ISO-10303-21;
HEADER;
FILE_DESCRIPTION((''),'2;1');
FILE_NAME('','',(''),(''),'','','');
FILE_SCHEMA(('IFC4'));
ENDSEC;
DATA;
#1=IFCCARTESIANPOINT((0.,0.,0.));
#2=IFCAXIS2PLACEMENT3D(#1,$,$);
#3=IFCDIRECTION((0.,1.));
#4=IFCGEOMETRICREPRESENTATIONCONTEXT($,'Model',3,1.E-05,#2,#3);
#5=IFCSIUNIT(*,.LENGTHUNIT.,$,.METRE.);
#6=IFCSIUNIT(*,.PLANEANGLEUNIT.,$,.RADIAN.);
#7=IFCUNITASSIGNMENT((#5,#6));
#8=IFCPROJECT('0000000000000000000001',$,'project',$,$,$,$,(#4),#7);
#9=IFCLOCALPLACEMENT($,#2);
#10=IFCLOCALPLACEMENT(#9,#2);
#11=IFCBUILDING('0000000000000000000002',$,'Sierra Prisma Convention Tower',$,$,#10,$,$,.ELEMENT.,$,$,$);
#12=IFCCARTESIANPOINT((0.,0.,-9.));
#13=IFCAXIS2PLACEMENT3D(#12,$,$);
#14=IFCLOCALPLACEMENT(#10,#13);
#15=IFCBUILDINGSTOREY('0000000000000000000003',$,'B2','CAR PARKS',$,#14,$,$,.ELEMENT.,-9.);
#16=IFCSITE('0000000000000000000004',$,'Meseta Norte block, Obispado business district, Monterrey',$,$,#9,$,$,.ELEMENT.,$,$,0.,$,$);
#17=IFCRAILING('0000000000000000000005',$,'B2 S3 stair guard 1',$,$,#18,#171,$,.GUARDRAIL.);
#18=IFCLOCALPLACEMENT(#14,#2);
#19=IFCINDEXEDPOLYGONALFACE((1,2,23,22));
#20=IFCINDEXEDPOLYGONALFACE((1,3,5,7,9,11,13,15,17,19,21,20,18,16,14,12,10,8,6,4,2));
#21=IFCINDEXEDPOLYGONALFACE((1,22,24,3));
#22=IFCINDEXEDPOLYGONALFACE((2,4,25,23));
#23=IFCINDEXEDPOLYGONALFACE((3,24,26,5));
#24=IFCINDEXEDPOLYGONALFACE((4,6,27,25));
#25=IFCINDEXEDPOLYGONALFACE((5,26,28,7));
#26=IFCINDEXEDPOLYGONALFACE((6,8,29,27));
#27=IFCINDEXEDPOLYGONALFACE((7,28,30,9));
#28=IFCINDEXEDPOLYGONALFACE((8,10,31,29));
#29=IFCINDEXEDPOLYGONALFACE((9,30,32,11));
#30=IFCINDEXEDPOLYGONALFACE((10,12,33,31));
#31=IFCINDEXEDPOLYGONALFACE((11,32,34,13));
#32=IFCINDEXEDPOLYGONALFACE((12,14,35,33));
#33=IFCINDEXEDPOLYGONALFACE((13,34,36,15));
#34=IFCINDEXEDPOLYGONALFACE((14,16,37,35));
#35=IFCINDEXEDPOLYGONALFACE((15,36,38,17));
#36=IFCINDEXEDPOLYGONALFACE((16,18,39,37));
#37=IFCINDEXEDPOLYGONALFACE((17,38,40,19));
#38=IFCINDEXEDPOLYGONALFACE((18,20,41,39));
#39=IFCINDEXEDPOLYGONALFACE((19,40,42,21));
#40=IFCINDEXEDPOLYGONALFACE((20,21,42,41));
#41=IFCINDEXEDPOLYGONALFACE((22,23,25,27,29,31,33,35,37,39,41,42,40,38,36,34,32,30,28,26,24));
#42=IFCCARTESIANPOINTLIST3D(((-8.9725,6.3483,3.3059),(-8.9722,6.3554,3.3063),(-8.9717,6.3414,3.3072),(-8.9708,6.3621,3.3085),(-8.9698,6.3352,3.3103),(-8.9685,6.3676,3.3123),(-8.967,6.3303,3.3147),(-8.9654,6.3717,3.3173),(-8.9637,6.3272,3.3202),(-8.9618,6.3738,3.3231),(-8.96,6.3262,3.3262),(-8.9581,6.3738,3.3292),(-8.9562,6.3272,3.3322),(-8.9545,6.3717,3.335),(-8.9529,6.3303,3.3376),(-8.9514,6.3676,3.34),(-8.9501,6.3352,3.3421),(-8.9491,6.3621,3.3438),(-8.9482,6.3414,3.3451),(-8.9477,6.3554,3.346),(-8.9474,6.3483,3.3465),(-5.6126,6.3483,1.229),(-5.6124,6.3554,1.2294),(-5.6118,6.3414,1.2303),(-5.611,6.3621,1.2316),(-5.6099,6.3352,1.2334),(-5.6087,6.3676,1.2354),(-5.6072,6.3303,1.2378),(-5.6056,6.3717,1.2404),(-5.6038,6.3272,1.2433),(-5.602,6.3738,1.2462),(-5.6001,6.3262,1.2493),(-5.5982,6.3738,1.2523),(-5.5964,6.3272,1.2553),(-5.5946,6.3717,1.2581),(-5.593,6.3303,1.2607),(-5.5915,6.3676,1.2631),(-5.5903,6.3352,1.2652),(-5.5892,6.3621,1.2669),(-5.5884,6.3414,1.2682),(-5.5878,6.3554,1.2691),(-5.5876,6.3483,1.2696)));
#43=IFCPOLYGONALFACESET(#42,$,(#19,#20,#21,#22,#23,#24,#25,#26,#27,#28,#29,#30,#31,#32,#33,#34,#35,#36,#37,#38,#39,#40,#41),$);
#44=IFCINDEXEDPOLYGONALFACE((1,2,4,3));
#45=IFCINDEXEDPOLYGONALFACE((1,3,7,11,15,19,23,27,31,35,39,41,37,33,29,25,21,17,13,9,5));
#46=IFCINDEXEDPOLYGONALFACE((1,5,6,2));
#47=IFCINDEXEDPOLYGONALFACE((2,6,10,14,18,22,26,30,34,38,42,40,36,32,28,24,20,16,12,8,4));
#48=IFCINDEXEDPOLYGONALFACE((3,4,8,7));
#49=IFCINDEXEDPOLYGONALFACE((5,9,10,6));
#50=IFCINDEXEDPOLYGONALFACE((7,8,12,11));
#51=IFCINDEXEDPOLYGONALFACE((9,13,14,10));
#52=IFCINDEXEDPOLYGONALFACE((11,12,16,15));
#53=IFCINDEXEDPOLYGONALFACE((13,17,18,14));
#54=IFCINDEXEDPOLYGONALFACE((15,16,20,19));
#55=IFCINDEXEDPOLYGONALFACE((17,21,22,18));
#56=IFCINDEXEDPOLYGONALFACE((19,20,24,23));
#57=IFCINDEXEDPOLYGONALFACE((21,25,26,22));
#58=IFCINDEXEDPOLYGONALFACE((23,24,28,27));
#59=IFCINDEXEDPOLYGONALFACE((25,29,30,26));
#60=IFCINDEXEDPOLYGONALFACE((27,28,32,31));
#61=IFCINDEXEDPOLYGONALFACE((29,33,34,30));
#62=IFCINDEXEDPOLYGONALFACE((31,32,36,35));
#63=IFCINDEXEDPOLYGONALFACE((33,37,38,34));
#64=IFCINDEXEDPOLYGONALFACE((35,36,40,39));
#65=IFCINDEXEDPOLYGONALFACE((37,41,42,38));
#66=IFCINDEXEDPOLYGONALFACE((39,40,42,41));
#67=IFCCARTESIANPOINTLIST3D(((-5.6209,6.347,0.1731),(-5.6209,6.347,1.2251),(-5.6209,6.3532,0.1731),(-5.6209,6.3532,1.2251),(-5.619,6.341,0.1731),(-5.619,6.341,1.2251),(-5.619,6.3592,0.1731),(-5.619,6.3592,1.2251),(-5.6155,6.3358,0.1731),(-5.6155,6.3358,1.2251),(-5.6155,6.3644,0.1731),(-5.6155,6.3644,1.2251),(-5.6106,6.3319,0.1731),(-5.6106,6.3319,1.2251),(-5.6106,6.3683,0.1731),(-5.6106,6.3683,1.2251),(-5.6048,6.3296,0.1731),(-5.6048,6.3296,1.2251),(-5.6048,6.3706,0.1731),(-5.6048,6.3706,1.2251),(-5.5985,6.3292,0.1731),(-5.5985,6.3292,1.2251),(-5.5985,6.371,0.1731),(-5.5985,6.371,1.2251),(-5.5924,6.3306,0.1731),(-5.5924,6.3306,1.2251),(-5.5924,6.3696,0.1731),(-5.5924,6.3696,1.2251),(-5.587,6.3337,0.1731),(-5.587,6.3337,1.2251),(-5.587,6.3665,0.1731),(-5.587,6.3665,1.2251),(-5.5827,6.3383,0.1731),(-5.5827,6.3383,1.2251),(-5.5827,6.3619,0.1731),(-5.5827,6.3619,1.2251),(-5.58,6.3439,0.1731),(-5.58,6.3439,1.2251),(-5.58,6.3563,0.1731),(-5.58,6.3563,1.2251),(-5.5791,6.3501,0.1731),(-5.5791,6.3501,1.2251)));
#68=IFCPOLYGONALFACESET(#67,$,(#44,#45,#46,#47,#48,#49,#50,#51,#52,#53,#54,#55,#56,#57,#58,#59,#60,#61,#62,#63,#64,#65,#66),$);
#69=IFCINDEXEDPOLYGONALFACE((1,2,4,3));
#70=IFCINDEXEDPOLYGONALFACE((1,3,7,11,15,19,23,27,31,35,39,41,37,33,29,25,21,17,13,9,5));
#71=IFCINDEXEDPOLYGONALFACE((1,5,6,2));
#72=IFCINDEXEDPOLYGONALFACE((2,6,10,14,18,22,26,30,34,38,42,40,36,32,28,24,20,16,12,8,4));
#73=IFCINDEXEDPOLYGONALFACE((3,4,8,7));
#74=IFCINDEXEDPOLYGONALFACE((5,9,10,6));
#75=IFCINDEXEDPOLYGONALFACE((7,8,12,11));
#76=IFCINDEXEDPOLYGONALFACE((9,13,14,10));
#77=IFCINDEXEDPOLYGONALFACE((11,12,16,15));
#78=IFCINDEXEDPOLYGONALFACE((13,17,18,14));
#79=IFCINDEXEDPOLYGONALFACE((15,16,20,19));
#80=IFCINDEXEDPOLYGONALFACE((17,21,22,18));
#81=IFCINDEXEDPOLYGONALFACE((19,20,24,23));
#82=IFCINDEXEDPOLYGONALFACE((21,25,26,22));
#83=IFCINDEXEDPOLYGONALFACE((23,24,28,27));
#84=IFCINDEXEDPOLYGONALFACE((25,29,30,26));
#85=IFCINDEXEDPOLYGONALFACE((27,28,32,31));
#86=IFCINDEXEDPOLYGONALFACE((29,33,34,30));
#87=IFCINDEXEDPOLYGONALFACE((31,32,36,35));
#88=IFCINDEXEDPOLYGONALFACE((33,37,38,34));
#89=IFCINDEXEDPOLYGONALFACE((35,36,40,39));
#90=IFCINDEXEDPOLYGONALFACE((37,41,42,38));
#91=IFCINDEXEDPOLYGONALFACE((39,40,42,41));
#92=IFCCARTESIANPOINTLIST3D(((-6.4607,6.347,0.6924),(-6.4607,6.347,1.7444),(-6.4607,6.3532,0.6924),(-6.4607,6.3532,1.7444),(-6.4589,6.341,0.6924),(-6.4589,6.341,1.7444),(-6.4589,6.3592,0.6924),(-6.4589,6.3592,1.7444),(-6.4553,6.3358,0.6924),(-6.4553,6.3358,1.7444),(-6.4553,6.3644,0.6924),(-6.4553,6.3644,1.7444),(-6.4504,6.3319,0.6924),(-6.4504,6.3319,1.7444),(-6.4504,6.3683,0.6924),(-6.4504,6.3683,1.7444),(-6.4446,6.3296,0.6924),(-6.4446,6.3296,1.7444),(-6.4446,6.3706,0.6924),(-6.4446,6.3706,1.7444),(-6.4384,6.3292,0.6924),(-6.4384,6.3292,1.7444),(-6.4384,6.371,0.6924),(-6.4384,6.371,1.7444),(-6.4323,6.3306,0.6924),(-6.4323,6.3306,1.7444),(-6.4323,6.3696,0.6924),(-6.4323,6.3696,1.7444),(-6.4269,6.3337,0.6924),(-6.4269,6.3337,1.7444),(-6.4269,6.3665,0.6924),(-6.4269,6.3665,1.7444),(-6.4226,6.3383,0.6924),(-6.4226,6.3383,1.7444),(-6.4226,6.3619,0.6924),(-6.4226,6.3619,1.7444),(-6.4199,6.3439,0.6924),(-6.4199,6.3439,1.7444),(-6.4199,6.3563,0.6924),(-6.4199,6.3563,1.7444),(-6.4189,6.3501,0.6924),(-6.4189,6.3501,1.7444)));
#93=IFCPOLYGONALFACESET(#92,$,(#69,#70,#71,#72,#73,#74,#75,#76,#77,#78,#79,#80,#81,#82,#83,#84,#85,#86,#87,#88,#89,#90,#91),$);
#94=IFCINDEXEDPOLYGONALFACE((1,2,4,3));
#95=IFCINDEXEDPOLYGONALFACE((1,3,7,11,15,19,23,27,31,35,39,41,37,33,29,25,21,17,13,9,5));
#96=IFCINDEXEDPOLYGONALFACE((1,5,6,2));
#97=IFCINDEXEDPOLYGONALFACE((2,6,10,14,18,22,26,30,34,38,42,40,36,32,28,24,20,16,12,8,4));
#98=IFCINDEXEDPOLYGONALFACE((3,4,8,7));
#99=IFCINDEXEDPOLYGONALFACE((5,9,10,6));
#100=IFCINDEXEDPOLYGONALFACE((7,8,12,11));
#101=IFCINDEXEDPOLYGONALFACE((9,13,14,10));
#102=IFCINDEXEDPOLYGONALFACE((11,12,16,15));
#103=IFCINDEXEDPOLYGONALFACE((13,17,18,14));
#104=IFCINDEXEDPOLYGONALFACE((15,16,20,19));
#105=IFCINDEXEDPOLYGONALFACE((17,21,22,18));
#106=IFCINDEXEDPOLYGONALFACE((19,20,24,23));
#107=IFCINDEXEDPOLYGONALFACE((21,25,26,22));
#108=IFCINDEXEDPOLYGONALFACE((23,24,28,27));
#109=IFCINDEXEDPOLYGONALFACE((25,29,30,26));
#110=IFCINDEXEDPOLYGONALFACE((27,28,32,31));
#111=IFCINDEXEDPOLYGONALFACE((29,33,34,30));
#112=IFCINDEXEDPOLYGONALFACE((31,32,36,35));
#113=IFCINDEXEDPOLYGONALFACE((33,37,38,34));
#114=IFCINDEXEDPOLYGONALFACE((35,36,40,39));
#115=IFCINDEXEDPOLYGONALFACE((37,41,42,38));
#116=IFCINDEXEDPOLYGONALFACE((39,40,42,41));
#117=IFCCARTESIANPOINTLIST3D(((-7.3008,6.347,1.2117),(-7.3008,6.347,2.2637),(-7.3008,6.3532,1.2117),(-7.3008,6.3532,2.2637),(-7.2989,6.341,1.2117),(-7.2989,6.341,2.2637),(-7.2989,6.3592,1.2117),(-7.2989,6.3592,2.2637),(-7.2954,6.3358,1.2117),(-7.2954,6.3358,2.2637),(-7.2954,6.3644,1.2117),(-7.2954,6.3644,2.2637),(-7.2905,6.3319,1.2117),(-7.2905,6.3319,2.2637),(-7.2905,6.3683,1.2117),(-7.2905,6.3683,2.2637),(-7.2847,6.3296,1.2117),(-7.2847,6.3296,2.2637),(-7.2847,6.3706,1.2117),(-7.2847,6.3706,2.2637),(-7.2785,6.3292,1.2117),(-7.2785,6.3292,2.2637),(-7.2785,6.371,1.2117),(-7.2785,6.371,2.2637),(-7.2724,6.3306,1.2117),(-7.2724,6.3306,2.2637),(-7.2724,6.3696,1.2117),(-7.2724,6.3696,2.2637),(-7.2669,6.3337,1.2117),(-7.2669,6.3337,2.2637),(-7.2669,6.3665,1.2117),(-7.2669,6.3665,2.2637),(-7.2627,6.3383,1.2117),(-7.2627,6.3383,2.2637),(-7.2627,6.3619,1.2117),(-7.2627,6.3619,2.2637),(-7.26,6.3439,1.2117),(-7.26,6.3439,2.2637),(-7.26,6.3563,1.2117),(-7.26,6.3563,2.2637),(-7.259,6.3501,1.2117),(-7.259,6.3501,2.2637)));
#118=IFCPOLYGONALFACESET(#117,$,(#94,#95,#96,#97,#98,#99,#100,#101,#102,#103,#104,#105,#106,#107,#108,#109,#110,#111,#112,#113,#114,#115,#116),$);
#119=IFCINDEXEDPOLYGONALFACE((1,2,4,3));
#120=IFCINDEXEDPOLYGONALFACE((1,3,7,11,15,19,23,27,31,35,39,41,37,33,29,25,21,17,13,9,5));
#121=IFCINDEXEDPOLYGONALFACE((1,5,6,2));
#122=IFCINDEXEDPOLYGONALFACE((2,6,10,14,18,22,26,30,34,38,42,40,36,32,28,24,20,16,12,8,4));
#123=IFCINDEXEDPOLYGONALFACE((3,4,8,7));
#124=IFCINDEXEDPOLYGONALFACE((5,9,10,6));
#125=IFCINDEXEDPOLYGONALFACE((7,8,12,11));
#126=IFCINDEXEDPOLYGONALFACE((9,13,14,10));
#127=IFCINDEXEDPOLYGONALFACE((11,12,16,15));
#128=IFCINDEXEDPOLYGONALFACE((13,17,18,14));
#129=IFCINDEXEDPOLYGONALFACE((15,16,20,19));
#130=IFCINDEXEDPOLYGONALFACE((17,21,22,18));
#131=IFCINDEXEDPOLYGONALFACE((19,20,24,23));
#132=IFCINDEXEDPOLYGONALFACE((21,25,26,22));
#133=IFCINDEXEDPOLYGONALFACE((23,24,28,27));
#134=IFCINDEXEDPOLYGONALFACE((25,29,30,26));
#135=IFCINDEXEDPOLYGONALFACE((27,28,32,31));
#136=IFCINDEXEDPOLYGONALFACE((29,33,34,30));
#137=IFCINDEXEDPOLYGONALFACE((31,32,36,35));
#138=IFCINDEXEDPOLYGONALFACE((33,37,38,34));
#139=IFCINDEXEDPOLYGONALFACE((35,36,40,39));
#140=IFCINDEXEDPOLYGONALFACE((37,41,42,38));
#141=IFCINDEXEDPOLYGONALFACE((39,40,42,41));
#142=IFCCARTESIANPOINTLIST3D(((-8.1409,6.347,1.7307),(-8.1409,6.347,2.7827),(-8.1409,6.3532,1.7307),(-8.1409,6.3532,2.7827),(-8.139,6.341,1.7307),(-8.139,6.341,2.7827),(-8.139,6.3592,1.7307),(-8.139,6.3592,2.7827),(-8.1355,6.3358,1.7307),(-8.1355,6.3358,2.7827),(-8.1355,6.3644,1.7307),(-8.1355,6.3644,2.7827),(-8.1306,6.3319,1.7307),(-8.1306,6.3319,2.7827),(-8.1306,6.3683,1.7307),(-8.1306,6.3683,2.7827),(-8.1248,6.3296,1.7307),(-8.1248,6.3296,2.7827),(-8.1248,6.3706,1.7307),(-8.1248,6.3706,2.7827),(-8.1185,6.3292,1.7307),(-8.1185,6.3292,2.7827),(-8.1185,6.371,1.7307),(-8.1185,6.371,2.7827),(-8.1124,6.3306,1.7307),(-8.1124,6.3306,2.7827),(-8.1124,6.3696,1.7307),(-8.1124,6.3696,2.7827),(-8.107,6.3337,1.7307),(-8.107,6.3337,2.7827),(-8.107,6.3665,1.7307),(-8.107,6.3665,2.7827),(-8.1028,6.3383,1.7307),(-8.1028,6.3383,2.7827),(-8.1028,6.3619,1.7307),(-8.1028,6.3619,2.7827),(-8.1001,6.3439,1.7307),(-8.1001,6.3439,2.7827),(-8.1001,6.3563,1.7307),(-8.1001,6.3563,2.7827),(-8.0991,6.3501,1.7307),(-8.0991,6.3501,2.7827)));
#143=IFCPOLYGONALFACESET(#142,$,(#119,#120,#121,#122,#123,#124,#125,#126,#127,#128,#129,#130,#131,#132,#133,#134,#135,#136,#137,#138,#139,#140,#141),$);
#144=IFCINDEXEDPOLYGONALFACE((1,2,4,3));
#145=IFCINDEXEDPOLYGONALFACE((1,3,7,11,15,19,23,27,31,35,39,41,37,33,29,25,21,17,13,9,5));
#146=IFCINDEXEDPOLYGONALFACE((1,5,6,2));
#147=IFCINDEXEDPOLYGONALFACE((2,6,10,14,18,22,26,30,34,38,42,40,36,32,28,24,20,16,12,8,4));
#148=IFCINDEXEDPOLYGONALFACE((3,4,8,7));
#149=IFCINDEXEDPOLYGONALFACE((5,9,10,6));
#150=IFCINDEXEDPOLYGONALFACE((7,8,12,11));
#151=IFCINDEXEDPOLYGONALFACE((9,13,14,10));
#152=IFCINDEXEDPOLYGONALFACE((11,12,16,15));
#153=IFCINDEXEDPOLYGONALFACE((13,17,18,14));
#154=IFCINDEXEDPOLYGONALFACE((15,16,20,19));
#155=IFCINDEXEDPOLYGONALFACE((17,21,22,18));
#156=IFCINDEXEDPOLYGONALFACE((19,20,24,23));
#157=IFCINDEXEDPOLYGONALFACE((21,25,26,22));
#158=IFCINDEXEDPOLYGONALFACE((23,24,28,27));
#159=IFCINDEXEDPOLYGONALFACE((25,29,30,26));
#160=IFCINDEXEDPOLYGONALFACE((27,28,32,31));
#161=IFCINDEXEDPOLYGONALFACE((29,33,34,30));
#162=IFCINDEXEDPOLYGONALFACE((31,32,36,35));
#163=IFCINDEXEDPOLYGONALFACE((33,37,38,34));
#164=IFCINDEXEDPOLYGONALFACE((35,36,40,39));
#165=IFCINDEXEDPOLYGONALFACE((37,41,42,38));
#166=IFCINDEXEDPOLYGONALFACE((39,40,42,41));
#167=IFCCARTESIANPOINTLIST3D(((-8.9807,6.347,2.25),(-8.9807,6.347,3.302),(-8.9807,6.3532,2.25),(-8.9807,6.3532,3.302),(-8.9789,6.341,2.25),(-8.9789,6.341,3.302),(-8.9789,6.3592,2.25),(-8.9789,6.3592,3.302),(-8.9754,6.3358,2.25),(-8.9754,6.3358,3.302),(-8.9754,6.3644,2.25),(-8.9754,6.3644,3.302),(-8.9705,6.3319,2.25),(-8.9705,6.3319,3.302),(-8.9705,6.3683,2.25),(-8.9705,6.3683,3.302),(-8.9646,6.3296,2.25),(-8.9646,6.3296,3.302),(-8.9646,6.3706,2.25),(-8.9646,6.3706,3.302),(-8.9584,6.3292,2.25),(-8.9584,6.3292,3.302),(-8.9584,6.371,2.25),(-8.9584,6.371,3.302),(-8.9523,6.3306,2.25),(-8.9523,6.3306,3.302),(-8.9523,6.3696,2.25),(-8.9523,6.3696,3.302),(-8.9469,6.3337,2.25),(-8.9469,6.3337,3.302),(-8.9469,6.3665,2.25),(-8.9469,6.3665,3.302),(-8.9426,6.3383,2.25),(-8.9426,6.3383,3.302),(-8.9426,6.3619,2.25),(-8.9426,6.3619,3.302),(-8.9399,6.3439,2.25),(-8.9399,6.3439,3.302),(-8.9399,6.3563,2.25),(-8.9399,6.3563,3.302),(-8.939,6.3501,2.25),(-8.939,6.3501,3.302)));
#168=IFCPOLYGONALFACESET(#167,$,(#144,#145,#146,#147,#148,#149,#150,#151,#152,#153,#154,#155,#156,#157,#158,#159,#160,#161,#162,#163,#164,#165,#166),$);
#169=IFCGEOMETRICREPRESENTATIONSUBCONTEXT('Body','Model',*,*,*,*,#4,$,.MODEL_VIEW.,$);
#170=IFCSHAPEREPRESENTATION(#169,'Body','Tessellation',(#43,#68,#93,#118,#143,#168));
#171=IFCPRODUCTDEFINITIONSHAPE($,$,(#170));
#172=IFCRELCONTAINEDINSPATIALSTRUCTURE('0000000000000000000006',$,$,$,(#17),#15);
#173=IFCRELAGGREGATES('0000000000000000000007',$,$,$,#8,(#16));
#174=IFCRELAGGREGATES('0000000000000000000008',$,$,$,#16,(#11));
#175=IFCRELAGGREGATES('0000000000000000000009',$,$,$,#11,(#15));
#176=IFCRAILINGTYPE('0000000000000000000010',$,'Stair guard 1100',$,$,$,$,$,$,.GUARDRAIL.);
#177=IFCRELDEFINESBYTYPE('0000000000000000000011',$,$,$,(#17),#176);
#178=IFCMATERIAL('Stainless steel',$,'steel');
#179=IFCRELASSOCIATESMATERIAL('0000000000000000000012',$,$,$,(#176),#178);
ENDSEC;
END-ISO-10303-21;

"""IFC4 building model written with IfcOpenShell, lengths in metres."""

from ifc_helpers import new_model, si_unit, direction, frame, origin, origin_2d, place, context, subcontext, project, spatial, circle, extrude, material, type_object, element, save


model = new_model("IFC4")

# Units and contexts
model_context = context("Model", 3, precision=1e-05, world=origin(), true_north=direction((0.0, 1.0)))
body_context = subcontext(model_context, "Body", "Model", "MODEL_VIEW")
ifc_project = project(units=[si_unit("LENGTHUNIT", "METRE"), si_unit("PLANEANGLEUNIT", "RADIAN")], contexts=[model_context])

# Site, building, storey
site_placement = place(None, origin())
site = spatial("IfcSite", under=ifc_project, at=site_placement, Name="Meseta Norte block, Obispado business district, Monterrey", CompositionType="ELEMENT", RefElevation=0.0)
building_placement = place(site_placement, origin())
building = spatial("IfcBuilding", under=site, at=building_placement, Name="Sierra Prisma Convention Tower", CompositionType="ELEMENT")
storey_placement = place(building_placement, frame((0.0, 0.0, -9.0)))
storey = spatial("IfcBuildingStorey", under=building, at=storey_placement, Name="B2", Description="CAR PARKS", CompositionType="ELEMENT", Elevation=-9.0)

# Railing
ifc_material_1 = material(Name="Stainless steel", Category="steel")
railing_type_1 = type_object("IfcRailingType", Name="Stair guard 1100", PredefinedType="GUARDRAIL", material=ifc_material_1)
railing_1_placement = place(storey_placement, frame((-5.6001, 6.3501, 0.1731)))
element("IfcRailing", 1, at=railing_1_placement, inside=storey, type_object=railing_type_1, Name="B2 S3 stair guard 1", PredefinedType="GUARDRAIL", context=body_context, shape_type="SweptSolid", body=[
    extrude(circle(Radius=0.0239, at=origin_2d()), frame((0.0, 0.0, 1.0762), z_axis=(-0.850606, 0.0, 0.525803), x_axis=(0.0, -1.0, 0.0)), (0.0, 0.0, 1.0), 3.95),
    extrude(circle(Radius=0.021, at=origin_2d()), origin(), (0.0, 0.0, 1.0), 1.052),
    extrude(circle(Radius=0.021, at=origin_2d()), frame((-0.8398, 0.0, 0.5193)), (0.0, 0.0, 1.0), 1.052),
    extrude(circle(Radius=0.021, at=origin_2d()), frame((-1.6799, 0.0, 1.0386)), (0.0, 0.0, 1.0), 1.052),
    extrude(circle(Radius=0.021, at=origin_2d()), frame((-2.52, 0.0, 1.5576)), (0.0, 0.0, 1.0), 1.052),
    extrude(circle(Radius=0.021, at=origin_2d()), frame((-3.3599, 0.0, 2.0769)), (0.0, 0.0, 1.0), 1.052),
])

save(model, "model.ifc")
